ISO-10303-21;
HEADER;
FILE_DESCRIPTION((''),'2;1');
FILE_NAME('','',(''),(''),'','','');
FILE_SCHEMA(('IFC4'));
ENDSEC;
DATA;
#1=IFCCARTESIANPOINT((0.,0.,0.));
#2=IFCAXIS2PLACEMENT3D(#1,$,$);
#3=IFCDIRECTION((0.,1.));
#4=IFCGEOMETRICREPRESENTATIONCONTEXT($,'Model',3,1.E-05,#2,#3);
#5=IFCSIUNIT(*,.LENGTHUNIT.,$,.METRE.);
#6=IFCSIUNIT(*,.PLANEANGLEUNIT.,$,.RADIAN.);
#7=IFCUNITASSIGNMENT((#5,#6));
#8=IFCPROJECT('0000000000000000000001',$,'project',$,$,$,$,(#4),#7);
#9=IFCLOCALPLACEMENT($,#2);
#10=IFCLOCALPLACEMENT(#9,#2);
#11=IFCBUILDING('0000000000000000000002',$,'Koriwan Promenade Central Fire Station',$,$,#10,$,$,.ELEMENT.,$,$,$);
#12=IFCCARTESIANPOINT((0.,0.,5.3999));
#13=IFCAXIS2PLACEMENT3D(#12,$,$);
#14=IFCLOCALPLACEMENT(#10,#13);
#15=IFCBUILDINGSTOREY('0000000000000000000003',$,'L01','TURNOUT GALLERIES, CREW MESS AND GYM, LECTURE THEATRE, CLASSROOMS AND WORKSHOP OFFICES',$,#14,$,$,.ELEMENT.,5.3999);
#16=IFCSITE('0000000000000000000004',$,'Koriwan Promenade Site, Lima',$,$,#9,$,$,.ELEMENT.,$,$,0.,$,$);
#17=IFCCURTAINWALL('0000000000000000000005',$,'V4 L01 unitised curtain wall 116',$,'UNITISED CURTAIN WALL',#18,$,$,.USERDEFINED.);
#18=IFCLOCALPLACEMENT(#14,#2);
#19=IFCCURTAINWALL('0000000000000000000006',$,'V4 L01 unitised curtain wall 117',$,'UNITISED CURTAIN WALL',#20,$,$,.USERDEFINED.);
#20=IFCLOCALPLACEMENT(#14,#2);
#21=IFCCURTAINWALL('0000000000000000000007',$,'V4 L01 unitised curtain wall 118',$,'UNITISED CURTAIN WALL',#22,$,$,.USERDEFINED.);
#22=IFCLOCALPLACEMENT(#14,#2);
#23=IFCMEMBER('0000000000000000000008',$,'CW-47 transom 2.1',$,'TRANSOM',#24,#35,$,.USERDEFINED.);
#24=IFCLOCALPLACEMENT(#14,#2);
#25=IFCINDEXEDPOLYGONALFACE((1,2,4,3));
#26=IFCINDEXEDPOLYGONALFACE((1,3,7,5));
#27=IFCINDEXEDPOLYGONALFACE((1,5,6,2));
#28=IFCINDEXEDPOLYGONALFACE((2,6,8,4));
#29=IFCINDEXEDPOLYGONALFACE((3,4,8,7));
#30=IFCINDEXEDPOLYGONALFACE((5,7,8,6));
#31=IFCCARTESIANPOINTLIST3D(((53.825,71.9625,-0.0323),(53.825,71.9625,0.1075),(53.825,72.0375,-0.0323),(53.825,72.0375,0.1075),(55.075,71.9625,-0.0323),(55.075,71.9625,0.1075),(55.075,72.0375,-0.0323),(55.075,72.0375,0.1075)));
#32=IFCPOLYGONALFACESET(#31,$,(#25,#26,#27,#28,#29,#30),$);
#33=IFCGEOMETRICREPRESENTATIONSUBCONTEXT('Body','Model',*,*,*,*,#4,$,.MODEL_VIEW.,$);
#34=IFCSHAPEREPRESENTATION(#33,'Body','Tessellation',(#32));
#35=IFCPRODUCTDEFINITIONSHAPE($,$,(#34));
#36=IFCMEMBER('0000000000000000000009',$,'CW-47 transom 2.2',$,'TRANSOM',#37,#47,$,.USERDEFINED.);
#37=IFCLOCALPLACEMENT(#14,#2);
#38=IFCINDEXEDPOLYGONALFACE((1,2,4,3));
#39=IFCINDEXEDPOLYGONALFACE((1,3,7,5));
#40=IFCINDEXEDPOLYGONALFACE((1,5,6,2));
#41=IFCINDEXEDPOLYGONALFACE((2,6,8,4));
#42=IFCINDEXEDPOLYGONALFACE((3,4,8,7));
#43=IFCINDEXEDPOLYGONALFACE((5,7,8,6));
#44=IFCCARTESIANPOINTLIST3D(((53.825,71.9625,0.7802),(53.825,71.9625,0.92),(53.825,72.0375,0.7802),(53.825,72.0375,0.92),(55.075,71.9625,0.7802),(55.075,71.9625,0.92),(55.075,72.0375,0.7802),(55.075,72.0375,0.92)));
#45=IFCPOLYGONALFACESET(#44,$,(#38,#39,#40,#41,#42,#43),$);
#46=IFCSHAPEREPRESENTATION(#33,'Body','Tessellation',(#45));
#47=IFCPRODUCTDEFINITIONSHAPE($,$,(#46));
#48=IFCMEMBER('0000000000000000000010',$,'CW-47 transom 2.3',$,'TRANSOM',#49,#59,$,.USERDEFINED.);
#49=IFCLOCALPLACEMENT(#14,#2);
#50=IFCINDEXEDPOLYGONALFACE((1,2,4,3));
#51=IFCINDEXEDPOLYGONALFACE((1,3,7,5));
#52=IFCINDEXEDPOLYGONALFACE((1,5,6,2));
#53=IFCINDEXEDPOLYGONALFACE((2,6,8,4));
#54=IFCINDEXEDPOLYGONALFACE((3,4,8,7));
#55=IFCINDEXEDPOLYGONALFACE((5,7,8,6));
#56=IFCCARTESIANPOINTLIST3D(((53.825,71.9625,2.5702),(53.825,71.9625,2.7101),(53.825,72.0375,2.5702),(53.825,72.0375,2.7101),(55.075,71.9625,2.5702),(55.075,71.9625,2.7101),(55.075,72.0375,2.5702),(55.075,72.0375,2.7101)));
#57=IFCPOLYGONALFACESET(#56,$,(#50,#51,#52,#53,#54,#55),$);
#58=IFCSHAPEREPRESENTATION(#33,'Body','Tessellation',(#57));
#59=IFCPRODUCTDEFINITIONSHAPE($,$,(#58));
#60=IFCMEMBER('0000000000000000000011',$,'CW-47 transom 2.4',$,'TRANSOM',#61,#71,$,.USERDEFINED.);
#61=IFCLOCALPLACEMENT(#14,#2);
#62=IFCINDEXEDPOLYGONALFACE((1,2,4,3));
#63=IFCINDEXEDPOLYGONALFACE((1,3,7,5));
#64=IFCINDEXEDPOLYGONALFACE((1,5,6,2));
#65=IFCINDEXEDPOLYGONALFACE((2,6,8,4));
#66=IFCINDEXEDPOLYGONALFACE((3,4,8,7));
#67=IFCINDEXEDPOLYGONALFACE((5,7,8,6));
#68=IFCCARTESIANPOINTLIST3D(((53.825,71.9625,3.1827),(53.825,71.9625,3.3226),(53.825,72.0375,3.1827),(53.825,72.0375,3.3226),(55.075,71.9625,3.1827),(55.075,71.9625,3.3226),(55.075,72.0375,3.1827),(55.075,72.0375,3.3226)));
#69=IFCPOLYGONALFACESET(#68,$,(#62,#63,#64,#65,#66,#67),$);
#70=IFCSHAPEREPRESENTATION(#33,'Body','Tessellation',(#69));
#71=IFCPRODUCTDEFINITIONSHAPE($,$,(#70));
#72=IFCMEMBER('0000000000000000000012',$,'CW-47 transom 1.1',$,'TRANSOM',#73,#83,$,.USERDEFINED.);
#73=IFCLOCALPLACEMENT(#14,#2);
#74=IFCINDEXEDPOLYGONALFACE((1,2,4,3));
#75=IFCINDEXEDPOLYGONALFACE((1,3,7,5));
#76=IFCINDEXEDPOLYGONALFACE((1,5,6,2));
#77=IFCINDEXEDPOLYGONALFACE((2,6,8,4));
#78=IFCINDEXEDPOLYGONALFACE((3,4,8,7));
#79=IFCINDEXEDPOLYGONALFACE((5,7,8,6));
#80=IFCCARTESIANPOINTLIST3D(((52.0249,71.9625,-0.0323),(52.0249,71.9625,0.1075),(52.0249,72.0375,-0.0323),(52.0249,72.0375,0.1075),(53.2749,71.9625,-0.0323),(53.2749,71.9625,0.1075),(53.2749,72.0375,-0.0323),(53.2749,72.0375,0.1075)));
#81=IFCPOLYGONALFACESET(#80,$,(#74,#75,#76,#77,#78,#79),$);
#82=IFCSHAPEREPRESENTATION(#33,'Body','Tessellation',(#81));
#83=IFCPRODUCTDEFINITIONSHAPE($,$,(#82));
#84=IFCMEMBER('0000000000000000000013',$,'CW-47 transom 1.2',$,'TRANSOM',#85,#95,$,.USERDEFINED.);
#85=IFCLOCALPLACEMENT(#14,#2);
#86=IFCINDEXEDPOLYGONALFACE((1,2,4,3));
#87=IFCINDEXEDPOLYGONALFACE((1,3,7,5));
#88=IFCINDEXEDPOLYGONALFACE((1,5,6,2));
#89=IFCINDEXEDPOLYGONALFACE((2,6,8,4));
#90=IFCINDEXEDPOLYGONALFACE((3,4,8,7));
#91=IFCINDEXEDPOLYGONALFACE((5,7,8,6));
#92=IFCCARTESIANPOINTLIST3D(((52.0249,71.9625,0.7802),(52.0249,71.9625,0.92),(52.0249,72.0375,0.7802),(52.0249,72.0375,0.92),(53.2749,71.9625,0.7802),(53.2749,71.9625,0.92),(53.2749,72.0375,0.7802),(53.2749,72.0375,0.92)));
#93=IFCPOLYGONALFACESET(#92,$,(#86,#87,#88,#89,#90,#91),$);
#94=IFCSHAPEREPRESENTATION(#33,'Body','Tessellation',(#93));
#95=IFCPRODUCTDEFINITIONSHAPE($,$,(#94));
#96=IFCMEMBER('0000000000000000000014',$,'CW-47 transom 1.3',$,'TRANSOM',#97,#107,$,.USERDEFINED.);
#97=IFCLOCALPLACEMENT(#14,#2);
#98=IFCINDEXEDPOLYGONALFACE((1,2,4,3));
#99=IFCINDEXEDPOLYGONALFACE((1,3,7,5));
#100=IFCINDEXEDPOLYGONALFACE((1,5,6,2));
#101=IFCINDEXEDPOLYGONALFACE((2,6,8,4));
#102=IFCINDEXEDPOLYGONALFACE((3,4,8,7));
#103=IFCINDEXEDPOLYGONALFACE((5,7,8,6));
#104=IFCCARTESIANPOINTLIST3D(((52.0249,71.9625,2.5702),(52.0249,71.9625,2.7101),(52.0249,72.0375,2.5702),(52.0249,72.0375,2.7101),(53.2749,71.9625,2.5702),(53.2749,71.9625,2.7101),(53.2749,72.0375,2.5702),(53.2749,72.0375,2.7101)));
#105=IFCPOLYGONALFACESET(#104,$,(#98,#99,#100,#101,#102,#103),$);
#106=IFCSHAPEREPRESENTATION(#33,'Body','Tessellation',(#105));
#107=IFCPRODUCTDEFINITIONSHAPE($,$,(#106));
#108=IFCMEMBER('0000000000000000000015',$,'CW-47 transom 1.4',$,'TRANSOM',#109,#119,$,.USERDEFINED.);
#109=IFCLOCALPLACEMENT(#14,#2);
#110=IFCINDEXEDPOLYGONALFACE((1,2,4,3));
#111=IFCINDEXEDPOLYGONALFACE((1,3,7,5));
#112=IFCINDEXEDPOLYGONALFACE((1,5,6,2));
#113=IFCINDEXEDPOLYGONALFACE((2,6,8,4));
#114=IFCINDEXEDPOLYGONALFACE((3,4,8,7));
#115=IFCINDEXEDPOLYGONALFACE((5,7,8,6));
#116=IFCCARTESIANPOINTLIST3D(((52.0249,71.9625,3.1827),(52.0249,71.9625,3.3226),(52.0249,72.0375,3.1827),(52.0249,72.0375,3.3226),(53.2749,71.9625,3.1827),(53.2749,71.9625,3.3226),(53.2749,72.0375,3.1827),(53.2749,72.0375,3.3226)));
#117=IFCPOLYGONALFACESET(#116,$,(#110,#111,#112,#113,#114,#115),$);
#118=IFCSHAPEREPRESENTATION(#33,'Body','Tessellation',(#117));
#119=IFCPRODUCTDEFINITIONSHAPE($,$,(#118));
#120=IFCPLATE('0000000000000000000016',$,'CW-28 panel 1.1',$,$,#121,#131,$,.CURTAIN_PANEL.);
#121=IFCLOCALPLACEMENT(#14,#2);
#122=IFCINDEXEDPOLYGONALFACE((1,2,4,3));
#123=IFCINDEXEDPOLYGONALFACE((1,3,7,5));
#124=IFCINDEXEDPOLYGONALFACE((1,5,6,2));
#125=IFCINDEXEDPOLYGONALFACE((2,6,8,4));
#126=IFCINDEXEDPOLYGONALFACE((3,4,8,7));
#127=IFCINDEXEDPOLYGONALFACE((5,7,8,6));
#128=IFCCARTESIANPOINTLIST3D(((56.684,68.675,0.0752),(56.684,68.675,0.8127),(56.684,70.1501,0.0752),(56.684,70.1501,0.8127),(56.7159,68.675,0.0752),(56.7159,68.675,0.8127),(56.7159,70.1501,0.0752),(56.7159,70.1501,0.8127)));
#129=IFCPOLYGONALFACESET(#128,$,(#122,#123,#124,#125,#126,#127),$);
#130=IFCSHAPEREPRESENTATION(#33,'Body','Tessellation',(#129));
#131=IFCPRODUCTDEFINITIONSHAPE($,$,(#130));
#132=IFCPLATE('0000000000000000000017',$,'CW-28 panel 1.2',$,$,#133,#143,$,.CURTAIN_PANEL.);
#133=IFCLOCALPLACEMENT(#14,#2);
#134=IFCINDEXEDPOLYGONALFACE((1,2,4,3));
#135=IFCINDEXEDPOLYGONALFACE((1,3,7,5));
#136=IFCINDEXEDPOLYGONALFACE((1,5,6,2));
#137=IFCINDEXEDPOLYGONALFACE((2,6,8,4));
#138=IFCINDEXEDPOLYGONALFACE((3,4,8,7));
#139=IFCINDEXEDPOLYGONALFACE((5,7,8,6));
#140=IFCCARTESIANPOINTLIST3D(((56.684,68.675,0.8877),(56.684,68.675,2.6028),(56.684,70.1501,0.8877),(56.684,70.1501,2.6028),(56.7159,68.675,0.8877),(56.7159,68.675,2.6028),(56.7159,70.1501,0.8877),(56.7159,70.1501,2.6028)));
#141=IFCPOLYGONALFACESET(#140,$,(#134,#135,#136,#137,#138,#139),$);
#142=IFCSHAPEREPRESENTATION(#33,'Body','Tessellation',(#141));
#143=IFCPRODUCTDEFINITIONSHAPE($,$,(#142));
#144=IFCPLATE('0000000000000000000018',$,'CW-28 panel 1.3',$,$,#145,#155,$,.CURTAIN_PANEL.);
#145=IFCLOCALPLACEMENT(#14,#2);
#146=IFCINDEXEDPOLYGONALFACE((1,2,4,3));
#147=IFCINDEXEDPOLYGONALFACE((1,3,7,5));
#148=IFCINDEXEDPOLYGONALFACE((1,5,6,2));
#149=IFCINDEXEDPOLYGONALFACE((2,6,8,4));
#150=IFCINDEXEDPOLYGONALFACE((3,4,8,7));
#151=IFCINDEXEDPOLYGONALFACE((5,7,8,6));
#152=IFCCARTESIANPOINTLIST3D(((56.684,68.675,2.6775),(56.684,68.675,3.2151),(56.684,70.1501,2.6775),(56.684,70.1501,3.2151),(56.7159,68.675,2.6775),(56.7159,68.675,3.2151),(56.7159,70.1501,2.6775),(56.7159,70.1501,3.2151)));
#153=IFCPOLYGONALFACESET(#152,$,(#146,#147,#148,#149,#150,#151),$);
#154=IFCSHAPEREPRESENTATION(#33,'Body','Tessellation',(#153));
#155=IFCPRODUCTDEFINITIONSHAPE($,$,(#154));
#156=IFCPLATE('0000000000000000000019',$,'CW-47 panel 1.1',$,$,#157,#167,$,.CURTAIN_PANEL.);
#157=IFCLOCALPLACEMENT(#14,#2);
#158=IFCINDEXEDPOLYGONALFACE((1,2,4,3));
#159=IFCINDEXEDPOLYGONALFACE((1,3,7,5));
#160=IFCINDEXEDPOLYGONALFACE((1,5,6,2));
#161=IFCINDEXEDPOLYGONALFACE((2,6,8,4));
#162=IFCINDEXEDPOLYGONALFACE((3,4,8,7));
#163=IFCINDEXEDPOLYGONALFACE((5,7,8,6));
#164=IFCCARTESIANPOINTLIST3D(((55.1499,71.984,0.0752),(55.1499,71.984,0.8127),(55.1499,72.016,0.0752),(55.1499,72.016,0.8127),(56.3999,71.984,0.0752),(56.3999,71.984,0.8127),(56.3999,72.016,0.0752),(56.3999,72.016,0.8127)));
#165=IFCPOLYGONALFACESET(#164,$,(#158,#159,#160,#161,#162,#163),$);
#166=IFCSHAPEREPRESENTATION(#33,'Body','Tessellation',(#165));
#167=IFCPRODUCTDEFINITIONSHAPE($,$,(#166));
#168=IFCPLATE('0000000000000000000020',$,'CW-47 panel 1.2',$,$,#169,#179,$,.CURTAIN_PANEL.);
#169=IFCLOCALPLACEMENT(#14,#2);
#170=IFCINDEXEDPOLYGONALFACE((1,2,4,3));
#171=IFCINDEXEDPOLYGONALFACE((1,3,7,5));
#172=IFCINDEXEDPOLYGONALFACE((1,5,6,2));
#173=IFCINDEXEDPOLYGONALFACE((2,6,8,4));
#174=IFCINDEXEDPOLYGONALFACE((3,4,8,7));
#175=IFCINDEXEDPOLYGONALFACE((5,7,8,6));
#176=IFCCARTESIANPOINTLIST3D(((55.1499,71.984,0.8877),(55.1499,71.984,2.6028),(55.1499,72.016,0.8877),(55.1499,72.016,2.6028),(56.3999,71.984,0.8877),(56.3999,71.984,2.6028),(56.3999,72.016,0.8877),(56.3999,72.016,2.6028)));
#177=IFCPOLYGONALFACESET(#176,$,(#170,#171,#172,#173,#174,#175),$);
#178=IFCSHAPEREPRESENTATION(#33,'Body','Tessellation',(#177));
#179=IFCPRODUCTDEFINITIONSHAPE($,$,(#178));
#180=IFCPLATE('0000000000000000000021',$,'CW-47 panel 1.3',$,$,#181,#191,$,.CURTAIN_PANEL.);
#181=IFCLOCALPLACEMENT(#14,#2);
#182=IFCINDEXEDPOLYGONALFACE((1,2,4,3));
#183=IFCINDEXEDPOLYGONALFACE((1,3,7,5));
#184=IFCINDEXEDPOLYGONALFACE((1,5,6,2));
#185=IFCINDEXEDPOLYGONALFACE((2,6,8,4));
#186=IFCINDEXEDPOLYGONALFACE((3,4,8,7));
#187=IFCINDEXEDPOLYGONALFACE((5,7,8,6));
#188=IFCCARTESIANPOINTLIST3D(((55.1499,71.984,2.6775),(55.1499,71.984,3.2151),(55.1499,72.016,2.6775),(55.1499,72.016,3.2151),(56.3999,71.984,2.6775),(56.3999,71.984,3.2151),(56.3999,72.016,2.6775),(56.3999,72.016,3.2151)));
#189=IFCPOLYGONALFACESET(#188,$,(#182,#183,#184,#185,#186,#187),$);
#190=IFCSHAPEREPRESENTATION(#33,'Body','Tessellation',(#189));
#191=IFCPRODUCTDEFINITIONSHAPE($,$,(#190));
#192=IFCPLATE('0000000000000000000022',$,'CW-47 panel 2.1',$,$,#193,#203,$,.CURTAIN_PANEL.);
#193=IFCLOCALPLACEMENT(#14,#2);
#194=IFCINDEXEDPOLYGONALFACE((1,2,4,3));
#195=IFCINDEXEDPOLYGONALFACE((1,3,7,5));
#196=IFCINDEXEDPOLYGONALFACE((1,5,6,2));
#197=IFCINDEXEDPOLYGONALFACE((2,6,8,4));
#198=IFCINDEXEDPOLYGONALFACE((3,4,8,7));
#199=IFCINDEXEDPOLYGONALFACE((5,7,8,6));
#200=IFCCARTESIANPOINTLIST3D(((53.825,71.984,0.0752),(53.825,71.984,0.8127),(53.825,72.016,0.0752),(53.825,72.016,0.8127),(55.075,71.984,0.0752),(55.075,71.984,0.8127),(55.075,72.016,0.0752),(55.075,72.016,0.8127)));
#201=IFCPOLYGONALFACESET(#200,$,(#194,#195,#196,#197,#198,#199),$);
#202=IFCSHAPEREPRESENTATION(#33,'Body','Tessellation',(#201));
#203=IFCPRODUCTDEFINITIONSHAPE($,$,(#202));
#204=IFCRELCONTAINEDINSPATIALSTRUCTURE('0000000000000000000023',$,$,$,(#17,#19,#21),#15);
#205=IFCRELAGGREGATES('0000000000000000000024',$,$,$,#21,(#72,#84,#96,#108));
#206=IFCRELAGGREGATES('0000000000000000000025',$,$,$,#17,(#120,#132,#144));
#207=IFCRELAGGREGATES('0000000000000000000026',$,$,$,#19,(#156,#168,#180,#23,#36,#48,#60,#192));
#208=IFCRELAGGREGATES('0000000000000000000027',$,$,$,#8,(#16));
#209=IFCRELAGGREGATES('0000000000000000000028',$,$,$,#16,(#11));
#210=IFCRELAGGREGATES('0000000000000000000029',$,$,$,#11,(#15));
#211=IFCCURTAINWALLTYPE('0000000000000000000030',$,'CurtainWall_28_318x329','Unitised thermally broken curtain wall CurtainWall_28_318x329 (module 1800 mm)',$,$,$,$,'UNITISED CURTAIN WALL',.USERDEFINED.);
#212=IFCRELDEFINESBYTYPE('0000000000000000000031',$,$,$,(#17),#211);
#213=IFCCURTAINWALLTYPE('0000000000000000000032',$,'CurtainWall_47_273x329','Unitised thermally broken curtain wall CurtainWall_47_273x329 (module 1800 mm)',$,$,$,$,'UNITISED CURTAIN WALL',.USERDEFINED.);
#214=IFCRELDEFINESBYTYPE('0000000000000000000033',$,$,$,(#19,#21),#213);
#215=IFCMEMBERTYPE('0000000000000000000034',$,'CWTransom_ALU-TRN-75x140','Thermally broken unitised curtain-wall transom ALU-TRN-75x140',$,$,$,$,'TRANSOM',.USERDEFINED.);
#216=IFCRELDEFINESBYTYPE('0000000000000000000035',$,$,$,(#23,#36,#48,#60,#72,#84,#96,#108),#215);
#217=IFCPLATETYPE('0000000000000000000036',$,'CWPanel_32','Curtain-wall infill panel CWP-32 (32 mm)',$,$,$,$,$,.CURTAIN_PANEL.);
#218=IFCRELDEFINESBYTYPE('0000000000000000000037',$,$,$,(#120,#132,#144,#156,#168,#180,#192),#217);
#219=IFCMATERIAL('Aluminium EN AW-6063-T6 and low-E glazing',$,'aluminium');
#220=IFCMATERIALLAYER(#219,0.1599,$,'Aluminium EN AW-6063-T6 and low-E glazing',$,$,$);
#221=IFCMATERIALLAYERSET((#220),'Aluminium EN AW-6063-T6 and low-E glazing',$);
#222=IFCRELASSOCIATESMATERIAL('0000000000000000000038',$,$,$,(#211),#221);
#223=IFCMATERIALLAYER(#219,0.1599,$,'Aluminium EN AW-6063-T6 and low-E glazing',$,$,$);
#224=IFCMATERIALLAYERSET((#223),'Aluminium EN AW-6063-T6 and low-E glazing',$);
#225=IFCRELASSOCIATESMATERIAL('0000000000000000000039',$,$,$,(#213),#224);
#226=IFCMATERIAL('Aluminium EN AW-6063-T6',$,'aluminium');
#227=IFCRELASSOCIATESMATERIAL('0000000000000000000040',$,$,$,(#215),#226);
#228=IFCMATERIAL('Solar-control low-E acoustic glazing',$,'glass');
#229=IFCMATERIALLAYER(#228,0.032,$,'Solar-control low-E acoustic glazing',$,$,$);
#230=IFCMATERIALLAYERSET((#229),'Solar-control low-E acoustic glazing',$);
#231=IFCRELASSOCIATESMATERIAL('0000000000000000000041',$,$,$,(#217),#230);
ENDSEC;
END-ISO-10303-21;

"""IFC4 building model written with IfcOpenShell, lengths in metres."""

from ifc_helpers import new_model, si_unit, direction, frame, origin, origin_2d, place, context, subcontext, project, spatial, rectangle, extrude, material, layer, layer_set, material_profile, profile_set, type_object, element, aggregate, save


model = new_model("IFC4")

# Units and contexts
model_context = context("Model", 3, precision=1e-05, world=origin(), true_north=direction((0.0, 1.0)))
body_context = subcontext(model_context, "Body", "Model", "MODEL_VIEW")
ifc_project = project(units=[si_unit("LENGTHUNIT", "METRE"), si_unit("PLANEANGLEUNIT", "RADIAN")], contexts=[model_context])

# Site, building, storey
site_placement = place(None, origin())
site = spatial("IfcSite", under=ifc_project, at=site_placement, Name="Koriwan Promenade Site, Lima", CompositionType="ELEMENT", RefElevation=0.0)
building_placement = place(site_placement, origin())
building = spatial("IfcBuilding", under=site, at=building_placement, Name="Koriwan Promenade Central Fire Station", CompositionType="ELEMENT")
storey_placement = place(building_placement, frame((0.0, 0.0, 5.3999)))
storey = spatial("IfcBuildingStorey", under=building, at=storey_placement, Name="L01", Description="TURNOUT GALLERIES, CREW MESS AND GYM, LECTURE THEATRE, CLASSROOMS AND WORKSHOP OFFICES", CompositionType="ELEMENT", Elevation=5.3999)

# Curtain walls
ifc_material_1 = material(Name="Aluminium EN AW-6063-T6 and low-E glazing", Category="aluminium")
ifc_layer_1 = layer(ifc_material_1, 0.1599, Name="Aluminium EN AW-6063-T6 and low-E glazing")
ifc_layer_set_1 = layer_set([ifc_layer_1], Name="Aluminium EN AW-6063-T6 and low-E glazing")
curtain_wall_type_1 = type_object("IfcCurtainWallType", Name="CurtainWall_28_318x329", Description="Unitised thermally broken curtain wall CurtainWall_28_318x329 (module 1800 mm)", ElementType="UNITISED CURTAIN WALL", PredefinedType="USERDEFINED", material=ifc_layer_set_1)
curtain_wall_1_placement = place(storey_placement, origin())
curtain_wall_1 = element("IfcCurtainWall", 1, at=curtain_wall_1_placement, inside=storey, type_object=curtain_wall_type_1, Name="V4 L01 unitised curtain wall 116", ObjectType="UNITISED CURTAIN WALL", PredefinedType="USERDEFINED")
ifc_material_2 = material(Name="Aluminium EN AW-6063-T6", Category="aluminium")
ifc_layer_2 = layer(ifc_material_1, 0.1599, Name="Aluminium EN AW-6063-T6 and low-E glazing")
ifc_layer_set_2 = layer_set([ifc_layer_2], Name="Aluminium EN AW-6063-T6 and low-E glazing")
curtain_wall_type_2 = type_object("IfcCurtainWallType", Name="CurtainWall_47_273x329", Description="Unitised thermally broken curtain wall CurtainWall_47_273x329 (module 1800 mm)", ElementType="UNITISED CURTAIN WALL", PredefinedType="USERDEFINED", material=ifc_layer_set_2)
curtain_wall_2_placement = place(storey_placement, origin())
curtain_wall_2 = element("IfcCurtainWall", 2, at=curtain_wall_2_placement, inside=storey, type_object=curtain_wall_type_2, Name="V4 L01 unitised curtain wall 117", ObjectType="UNITISED CURTAIN WALL", PredefinedType="USERDEFINED")

# Curtain wall
curtain_wall_3_placement = place(storey_placement, origin())
curtain_wall_3 = element("IfcCurtainWall", 3, at=curtain_wall_3_placement, inside=storey, type_object=curtain_wall_type_2, Name="V4 L01 unitised curtain wall 118", ObjectType="UNITISED CURTAIN WALL", PredefinedType="USERDEFINED")

# Members
ifc_material_profile_1 = material_profile(ifc_material_2, rectangle(XDim=0.075, YDim=0.1399, at=origin_2d()), Name="ALU-TRN-75x140")
ifc_profile_set_1 = profile_set([ifc_material_profile_1], Name="Aluminium EN AW-6063-T6")
member_type_1 = type_object("IfcMemberType", Name="CWTransom_ALU-TRN-75x140", Description="Thermally broken unitised curtain-wall transom ALU-TRN-75x140", ElementType="TRANSOM", PredefinedType="USERDEFINED", material=ifc_profile_set_1)
member_1_placement = place(storey_placement, frame((55.075, 72.0, 0.0376), z_axis=(-1.0, 0.0, 0.0), x_axis=(0.0, -1.0, 0.0)))
member_1 = element("IfcMember", 4, at=member_1_placement, type_object=member_type_1, Name="CW-47 transom 2.1", ObjectType="TRANSOM", PredefinedType="USERDEFINED", context=body_context, shape_type="SweptSolid", body=[
    extrude(rectangle(XDim=0.075, YDim=0.1399, at=origin_2d()), origin(), (0.0, 0.0, 1.0), 1.25),
])
member_2_placement = place(storey_placement, frame((55.075, 72.0, 0.8501), z_axis=(-1.0, 0.0, 0.0), x_axis=(0.0, -1.0, 0.0)))
member_2 = element("IfcMember", 5, at=member_2_placement, type_object=member_type_1, Name="CW-47 transom 2.2", ObjectType="TRANSOM", PredefinedType="USERDEFINED", context=body_context, shape_type="SweptSolid", body=[
    extrude(rectangle(XDim=0.075, YDim=0.1399, at=origin_2d()), origin(), (0.0, 0.0, 1.0), 1.25),
])
member_3_placement = place(storey_placement, frame((55.075, 72.0, 2.6401), z_axis=(-1.0, 0.0, 0.0), x_axis=(0.0, -1.0, 0.0)))
member_3 = element("IfcMember", 6, at=member_3_placement, type_object=member_type_1, Name="CW-47 transom 2.3", ObjectType="TRANSOM", PredefinedType="USERDEFINED", context=body_context, shape_type="SweptSolid", body=[
    extrude(rectangle(XDim=0.075, YDim=0.1399, at=origin_2d()), origin(), (0.0, 0.0, 1.0), 1.25),
])
member_4_placement = place(storey_placement, frame((55.075, 72.0, 3.2527), z_axis=(-1.0, 0.0, 0.0), x_axis=(0.0, -1.0, 0.0)))
member_4 = element("IfcMember", 7, at=member_4_placement, type_object=member_type_1, Name="CW-47 transom 2.4", ObjectType="TRANSOM", PredefinedType="USERDEFINED", context=body_context, shape_type="SweptSolid", body=[
    extrude(rectangle(XDim=0.075, YDim=0.1399, at=origin_2d()), origin(), (0.0, 0.0, 1.0), 1.25),
])
member_5_placement = place(storey_placement, frame((53.2749, 72.0, 0.0376), z_axis=(-1.0, 0.0, 0.0), x_axis=(0.0, -1.0, 0.0)))
member_5 = element("IfcMember", 8, at=member_5_placement, type_object=member_type_1, Name="CW-47 transom 1.1", ObjectType="TRANSOM", PredefinedType="USERDEFINED", context=body_context, shape_type="SweptSolid", body=[
    extrude(rectangle(XDim=0.075, YDim=0.1399, at=origin_2d()), origin(), (0.0, 0.0, 1.0), 1.25),
])
member_6_placement = place(storey_placement, frame((53.2749, 72.0, 0.8501), z_axis=(-1.0, 0.0, 0.0), x_axis=(0.0, -1.0, 0.0)))
member_6 = element("IfcMember", 9, at=member_6_placement, type_object=member_type_1, Name="CW-47 transom 1.2", ObjectType="TRANSOM", PredefinedType="USERDEFINED", context=body_context, shape_type="SweptSolid", body=[
    extrude(rectangle(XDim=0.075, YDim=0.1399, at=origin_2d()), origin(), (0.0, 0.0, 1.0), 1.25),
])
member_7_placement = place(storey_placement, frame((53.2749, 72.0, 2.6401), z_axis=(-1.0, 0.0, 0.0), x_axis=(0.0, -1.0, 0.0)))
member_7 = element("IfcMember", 10, at=member_7_placement, type_object=member_type_1, Name="CW-47 transom 1.3", ObjectType="TRANSOM", PredefinedType="USERDEFINED", context=body_context, shape_type="SweptSolid", body=[
    extrude(rectangle(XDim=0.075, YDim=0.1399, at=origin_2d()), origin(), (0.0, 0.0, 1.0), 1.25),
])
member_8_placement = place(storey_placement, frame((53.2749, 72.0, 3.2527), z_axis=(-1.0, 0.0, 0.0), x_axis=(0.0, -1.0, 0.0)))
member_8 = element("IfcMember", 11, at=member_8_placement, type_object=member_type_1, Name="CW-47 transom 1.4", ObjectType="TRANSOM", PredefinedType="USERDEFINED", context=body_context, shape_type="SweptSolid", body=[
    extrude(rectangle(XDim=0.075, YDim=0.1399, at=origin_2d()), origin(), (0.0, 0.0, 1.0), 1.25),
])
aggregate(curtain_wall_3, [member_5, member_6, member_7, member_8])

# Plates
ifc_material_3 = material(Name="Solar-control low-E acoustic glazing", Category="glass")
ifc_layer_3 = layer(ifc_material_3, 0.032, Name="Solar-control low-E acoustic glazing")
ifc_layer_set_3 = layer_set([ifc_layer_3], Name="Solar-control low-E acoustic glazing")
plate_type = type_object("IfcPlateType", Name="CWPanel_32", Description="Curtain-wall infill panel CWP-32 (32 mm)", PredefinedType="CURTAIN_PANEL", material=ifc_layer_set_3)
plate_1_placement = place(storey_placement, frame((56.7, 69.4126, 0.0752), z_axis=(0.0, 0.0, 1.0), x_axis=(0.0, 1.0, 0.0)))
plate_1 = element("IfcPlate", 12, at=plate_1_placement, type_object=plate_type, Name="CW-28 panel 1.1", PredefinedType="CURTAIN_PANEL", context=body_context, shape_type="SweptSolid", body=[
    extrude(rectangle(XDim=1.4751, YDim=0.032, at=origin_2d()), origin(), (0.0, 0.0, 1.0), 0.7375),
])
plate_2_placement = place(storey_placement, frame((56.7, 69.4126, 0.8877), z_axis=(0.0, 0.0, 1.0), x_axis=(0.0, 1.0, 0.0)))
plate_2 = element("IfcPlate", 13, at=plate_2_placement, type_object=plate_type, Name="CW-28 panel 1.2", PredefinedType="CURTAIN_PANEL", context=body_context, shape_type="SweptSolid", body=[
    extrude(rectangle(XDim=1.4751, YDim=0.032, at=origin_2d()), origin(), (0.0, 0.0, 1.0), 1.7151),
])
plate_3_placement = place(storey_placement, frame((56.7, 69.4126, 2.6775), z_axis=(0.0, 0.0, 1.0), x_axis=(0.0, 1.0, 0.0)))
plate_3 = element("IfcPlate", 14, at=plate_3_placement, type_object=plate_type, Name="CW-28 panel 1.3", PredefinedType="CURTAIN_PANEL", context=body_context, shape_type="SweptSolid", body=[
    extrude(rectangle(XDim=1.4751, YDim=0.032, at=origin_2d()), origin(), (0.0, 0.0, 1.0), 0.5376),
])
aggregate(curtain_wall_1, [plate_1, plate_2, plate_3])
plate_4_placement = place(storey_placement, frame((55.7749, 72.0, 0.0752), z_axis=(0.0, 0.0, 1.0), x_axis=(-1.0, 0.0, 0.0)))
plate_4 = element("IfcPlate", 15, at=plate_4_placement, type_object=plate_type, Name="CW-47 panel 1.1", PredefinedType="CURTAIN_PANEL", context=body_context, shape_type="SweptSolid", body=[
    extrude(rectangle(XDim=1.25, YDim=0.032, at=origin_2d()), origin(), (0.0, 0.0, 1.0), 0.7375),
])
plate_5_placement = place(storey_placement, frame((55.7749, 72.0, 0.8877), z_axis=(0.0, 0.0, 1.0), x_axis=(-1.0, 0.0, 0.0)))
plate_5 = element("IfcPlate", 16, at=plate_5_placement, type_object=plate_type, Name="CW-47 panel 1.2", PredefinedType="CURTAIN_PANEL", context=body_context, shape_type="SweptSolid", body=[
    extrude(rectangle(XDim=1.25, YDim=0.032, at=origin_2d()), origin(), (0.0, 0.0, 1.0), 1.7151),
])
plate_6_placement = place(storey_placement, frame((55.7749, 72.0, 2.6775), z_axis=(0.0, 0.0, 1.0), x_axis=(-1.0, 0.0, 0.0)))
plate_6 = element("IfcPlate", 17, at=plate_6_placement, type_object=plate_type, Name="CW-47 panel 1.3", PredefinedType="CURTAIN_PANEL", context=body_context, shape_type="SweptSolid", body=[
    extrude(rectangle(XDim=1.25, YDim=0.032, at=origin_2d()), origin(), (0.0, 0.0, 1.0), 0.5376),
])
plate_7_placement = place(storey_placement, frame((54.45, 72.0, 0.0752), z_axis=(0.0, 0.0, 1.0), x_axis=(-1.0, 0.0, 0.0)))
plate_7 = element("IfcPlate", 18, at=plate_7_placement, type_object=plate_type, Name="CW-47 panel 2.1", PredefinedType="CURTAIN_PANEL", context=body_context, shape_type="SweptSolid", body=[
    extrude(rectangle(XDim=1.25, YDim=0.032, at=origin_2d()), origin(), (0.0, 0.0, 1.0), 0.7375),
])
aggregate(curtain_wall_2, [plate_4, plate_5, plate_6, member_1, member_2, member_3, member_4, plate_7])

save(model, "model.ifc")
